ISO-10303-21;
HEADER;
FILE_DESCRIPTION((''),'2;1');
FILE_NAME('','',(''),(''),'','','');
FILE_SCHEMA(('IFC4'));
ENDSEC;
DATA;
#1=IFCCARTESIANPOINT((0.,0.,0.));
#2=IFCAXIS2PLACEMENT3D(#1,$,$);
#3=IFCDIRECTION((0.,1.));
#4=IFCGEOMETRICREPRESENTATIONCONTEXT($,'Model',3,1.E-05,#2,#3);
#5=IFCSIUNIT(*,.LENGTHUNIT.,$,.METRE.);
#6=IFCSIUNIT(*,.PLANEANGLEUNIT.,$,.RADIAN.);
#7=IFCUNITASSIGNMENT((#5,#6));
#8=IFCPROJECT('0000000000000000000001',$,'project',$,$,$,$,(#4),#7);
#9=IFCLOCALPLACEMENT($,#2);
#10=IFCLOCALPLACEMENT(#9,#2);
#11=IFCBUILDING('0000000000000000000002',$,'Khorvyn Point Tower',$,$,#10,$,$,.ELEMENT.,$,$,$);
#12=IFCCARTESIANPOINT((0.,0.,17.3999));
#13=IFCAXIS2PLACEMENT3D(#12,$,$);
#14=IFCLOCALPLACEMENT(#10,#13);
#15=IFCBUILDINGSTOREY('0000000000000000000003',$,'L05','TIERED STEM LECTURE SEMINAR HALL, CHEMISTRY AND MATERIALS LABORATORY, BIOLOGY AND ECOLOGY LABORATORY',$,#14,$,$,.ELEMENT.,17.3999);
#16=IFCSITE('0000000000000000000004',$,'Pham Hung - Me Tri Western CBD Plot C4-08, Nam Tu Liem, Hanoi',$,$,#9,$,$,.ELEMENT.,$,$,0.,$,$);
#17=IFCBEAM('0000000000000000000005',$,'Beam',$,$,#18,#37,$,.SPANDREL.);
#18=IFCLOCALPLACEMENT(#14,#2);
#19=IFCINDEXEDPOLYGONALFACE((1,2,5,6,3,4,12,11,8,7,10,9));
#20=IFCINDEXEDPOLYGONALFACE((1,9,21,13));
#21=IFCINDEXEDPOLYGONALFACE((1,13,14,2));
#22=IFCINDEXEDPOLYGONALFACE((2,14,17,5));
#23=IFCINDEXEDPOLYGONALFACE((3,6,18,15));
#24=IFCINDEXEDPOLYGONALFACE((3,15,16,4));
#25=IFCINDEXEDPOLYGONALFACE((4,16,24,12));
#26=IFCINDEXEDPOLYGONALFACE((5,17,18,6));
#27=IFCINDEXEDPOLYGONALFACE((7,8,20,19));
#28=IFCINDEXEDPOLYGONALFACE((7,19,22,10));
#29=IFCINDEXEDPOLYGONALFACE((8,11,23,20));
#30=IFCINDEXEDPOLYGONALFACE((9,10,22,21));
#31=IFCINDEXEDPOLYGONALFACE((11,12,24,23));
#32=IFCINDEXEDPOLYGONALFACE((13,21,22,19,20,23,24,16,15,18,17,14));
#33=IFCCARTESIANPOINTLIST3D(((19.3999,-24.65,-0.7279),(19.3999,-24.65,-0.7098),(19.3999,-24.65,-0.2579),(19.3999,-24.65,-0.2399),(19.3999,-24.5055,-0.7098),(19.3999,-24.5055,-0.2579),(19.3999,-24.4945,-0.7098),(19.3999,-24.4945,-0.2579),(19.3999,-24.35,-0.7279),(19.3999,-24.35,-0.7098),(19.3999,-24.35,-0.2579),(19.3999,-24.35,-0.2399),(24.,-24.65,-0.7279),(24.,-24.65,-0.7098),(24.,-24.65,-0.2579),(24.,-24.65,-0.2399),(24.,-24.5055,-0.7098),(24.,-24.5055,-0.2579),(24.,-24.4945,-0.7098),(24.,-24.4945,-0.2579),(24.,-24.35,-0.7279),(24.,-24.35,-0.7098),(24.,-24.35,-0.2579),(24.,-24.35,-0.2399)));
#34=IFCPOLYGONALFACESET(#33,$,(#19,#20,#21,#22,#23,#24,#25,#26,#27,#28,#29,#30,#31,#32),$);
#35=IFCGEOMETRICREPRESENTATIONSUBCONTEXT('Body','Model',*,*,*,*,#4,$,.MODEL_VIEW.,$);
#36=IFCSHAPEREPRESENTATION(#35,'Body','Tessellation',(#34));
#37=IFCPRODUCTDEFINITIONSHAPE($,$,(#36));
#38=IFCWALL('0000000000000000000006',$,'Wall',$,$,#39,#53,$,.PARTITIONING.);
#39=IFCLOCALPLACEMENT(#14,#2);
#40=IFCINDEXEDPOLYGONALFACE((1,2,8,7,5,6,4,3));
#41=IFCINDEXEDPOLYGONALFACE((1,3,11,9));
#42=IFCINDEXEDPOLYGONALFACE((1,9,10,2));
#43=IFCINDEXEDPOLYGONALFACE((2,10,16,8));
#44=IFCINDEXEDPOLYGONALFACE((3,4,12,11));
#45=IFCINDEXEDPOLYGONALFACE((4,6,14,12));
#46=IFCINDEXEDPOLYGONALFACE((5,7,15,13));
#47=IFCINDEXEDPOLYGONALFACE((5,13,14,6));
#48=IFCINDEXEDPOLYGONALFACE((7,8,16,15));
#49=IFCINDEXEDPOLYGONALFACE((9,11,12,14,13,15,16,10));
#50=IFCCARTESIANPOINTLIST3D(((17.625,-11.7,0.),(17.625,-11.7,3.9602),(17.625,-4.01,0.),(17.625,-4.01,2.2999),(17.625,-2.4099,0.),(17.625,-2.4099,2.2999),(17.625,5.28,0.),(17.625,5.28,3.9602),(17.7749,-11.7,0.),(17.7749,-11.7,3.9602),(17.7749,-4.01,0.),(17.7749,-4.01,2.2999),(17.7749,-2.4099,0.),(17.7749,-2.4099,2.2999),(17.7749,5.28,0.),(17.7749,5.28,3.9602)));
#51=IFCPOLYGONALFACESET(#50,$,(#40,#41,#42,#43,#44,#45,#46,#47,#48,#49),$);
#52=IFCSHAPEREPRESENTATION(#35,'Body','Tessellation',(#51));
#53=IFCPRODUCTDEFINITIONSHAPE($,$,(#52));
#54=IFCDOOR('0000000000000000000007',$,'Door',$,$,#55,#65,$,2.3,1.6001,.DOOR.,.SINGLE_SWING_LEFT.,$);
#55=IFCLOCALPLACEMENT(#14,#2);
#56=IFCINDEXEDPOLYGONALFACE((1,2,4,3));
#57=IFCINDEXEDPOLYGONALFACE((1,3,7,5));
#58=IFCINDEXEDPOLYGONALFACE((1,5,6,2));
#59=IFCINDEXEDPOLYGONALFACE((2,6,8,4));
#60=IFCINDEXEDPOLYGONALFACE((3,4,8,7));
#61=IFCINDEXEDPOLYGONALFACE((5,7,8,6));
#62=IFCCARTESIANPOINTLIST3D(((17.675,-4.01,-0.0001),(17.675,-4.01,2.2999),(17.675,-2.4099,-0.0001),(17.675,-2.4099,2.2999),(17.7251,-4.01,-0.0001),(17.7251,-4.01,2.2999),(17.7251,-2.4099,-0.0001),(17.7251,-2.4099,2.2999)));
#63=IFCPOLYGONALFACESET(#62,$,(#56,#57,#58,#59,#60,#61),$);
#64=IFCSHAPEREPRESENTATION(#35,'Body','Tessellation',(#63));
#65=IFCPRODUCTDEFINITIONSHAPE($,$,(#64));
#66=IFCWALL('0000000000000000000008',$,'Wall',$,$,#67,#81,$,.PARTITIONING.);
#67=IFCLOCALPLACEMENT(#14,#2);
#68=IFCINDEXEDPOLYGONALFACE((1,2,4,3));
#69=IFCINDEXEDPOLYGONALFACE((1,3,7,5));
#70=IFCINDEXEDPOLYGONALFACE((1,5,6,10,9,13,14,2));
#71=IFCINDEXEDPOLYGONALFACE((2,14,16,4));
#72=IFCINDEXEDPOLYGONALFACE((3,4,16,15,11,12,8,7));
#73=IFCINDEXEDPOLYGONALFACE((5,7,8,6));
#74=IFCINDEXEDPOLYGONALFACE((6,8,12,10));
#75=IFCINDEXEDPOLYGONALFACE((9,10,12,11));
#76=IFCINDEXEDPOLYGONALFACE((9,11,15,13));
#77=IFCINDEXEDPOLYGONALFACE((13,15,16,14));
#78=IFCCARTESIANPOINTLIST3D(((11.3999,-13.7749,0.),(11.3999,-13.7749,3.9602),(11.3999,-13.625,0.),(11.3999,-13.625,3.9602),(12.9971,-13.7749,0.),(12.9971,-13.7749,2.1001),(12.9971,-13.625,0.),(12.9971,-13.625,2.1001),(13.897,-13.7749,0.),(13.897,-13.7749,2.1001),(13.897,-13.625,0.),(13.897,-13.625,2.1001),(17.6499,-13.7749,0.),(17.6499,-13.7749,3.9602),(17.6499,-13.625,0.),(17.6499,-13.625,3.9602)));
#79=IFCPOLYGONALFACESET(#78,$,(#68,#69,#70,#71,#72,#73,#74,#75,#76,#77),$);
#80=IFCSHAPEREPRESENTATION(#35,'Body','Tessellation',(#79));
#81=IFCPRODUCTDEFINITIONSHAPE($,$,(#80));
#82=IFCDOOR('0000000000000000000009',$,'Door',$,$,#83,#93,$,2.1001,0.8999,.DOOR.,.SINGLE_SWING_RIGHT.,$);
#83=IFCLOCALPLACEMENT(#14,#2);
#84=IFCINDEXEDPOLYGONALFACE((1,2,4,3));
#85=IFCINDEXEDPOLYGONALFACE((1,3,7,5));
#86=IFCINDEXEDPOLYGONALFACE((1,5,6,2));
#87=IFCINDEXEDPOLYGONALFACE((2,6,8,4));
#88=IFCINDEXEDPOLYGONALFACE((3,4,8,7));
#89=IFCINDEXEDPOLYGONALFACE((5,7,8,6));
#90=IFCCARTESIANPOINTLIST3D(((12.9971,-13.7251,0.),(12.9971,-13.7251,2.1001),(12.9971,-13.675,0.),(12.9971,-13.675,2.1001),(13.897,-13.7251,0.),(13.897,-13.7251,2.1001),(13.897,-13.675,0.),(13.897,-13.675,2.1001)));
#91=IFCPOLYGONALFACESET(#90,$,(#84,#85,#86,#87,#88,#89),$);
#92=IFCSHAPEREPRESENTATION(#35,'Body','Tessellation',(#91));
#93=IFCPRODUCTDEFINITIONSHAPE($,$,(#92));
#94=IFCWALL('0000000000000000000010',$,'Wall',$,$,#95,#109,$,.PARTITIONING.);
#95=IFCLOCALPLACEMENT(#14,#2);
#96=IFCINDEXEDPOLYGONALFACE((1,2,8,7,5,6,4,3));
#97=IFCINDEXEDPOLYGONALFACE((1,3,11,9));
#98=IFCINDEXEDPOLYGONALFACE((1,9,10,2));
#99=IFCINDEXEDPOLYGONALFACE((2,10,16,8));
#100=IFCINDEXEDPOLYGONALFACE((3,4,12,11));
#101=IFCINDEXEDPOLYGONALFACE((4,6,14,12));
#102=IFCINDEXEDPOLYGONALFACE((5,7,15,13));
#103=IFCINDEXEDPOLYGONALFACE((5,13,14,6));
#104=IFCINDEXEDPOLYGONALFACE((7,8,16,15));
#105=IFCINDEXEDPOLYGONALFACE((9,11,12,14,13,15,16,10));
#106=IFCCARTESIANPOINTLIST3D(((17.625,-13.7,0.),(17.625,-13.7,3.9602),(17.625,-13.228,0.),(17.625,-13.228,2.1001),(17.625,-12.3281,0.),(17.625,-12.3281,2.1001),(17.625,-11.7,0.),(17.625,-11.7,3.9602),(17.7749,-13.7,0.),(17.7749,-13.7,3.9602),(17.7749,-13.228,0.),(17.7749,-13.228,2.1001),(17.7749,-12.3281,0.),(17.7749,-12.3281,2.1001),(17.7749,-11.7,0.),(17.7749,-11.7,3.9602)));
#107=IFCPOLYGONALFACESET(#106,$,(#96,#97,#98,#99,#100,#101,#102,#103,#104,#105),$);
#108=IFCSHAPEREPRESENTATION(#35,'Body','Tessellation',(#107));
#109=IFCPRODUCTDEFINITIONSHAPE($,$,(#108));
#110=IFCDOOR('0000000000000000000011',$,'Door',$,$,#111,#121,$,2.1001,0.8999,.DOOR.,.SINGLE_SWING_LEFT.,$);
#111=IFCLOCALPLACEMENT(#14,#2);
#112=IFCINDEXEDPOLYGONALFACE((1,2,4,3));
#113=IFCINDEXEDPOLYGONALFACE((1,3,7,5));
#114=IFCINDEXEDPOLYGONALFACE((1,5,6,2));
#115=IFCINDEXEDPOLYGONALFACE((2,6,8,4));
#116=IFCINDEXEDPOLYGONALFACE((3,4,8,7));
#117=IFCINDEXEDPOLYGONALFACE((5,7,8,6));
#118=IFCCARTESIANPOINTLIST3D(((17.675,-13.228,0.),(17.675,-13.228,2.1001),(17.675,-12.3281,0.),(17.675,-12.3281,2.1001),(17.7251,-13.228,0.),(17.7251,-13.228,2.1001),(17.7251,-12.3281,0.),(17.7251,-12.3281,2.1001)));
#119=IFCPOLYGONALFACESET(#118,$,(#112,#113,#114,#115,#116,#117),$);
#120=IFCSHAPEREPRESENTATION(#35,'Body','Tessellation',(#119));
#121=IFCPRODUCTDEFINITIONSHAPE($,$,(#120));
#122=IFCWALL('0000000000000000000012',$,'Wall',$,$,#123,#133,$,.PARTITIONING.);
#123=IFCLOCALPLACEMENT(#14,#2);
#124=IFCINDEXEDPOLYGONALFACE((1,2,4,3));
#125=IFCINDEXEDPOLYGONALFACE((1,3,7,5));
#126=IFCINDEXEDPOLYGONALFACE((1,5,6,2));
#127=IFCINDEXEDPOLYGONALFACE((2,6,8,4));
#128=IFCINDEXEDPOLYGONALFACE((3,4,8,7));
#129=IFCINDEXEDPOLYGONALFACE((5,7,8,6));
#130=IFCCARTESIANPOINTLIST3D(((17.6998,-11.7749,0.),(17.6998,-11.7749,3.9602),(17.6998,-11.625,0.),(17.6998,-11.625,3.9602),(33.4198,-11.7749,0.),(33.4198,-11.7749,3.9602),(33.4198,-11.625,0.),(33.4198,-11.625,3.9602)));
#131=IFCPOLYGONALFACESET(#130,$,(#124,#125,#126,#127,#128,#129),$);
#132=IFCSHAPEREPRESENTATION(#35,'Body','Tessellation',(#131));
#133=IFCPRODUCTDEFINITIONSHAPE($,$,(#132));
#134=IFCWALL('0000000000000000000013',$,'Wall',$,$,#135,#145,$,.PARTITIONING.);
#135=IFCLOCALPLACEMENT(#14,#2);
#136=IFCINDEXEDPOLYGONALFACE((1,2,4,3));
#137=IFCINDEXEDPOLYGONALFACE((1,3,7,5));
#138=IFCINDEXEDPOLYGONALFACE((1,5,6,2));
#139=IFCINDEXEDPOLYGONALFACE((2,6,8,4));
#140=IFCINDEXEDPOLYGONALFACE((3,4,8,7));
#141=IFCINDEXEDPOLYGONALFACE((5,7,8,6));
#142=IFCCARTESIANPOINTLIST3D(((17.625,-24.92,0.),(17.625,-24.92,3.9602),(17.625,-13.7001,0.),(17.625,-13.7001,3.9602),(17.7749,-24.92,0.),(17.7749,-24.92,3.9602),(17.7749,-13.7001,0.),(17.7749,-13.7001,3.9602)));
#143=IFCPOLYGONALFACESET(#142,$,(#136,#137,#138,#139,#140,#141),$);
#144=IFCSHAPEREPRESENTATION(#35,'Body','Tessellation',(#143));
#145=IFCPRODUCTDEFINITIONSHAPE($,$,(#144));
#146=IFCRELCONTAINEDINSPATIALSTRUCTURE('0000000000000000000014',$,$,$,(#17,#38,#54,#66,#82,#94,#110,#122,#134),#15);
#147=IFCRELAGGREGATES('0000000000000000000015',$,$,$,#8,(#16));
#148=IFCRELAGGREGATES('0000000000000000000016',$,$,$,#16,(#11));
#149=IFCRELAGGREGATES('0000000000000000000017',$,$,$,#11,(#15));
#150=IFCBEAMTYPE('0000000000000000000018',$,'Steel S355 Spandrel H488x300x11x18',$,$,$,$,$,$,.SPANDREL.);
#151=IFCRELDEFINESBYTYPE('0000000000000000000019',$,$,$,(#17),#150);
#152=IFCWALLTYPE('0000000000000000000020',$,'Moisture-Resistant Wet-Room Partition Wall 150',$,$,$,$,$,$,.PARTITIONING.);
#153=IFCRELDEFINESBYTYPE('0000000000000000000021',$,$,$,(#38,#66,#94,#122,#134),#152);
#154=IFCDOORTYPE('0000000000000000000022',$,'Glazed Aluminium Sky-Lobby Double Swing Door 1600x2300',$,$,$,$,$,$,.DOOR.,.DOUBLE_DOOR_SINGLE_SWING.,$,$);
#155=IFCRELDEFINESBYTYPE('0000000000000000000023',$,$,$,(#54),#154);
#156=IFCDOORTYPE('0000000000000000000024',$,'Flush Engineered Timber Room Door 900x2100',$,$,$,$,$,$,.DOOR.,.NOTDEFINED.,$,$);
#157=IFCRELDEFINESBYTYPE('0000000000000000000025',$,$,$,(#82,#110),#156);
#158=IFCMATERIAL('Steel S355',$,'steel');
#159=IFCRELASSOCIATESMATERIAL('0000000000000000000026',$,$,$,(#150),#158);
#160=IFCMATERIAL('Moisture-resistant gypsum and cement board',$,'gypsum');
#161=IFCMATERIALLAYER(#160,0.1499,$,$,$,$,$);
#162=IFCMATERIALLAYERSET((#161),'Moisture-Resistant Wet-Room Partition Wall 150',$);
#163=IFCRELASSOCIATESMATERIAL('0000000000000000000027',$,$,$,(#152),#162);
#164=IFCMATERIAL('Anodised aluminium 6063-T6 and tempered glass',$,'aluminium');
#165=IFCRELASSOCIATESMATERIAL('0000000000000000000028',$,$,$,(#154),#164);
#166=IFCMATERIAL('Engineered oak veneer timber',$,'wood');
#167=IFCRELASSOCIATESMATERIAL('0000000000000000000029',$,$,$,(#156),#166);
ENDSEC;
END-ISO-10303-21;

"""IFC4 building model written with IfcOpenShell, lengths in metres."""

from ifc_helpers import new_model, si_unit, direction, frame, frame_2d, origin, origin_2d, place, context, subcontext, project, spatial, rectangle, i_section, extrude, material, layer, layer_set, material_profile, profile_set, type_object, element, fill, save


model = new_model("IFC4")

# Units and contexts
model_context = context("Model", 3, precision=1e-05, world=origin(), true_north=direction((0.0, 1.0)))
body_context = subcontext(model_context, "Body", "Model", "MODEL_VIEW")
ifc_project = project(units=[si_unit("LENGTHUNIT", "METRE"), si_unit("PLANEANGLEUNIT", "RADIAN")], contexts=[model_context])

# Site, building, storey
site_placement = place(None, origin())
site = spatial("IfcSite", under=ifc_project, at=site_placement, Name="Pham Hung - Me Tri Western CBD Plot C4-08, Nam Tu Liem, Hanoi", CompositionType="ELEMENT", RefElevation=0.0)
building_placement = place(site_placement, origin())
building = spatial("IfcBuilding", under=site, at=building_placement, Name="Khorvyn Point Tower", CompositionType="ELEMENT")
storey_placement = place(building_placement, frame((0.0, 0.0, 17.3999)))
storey = spatial("IfcBuildingStorey", under=building, at=storey_placement, Name="L05", Description="TIERED STEM LECTURE SEMINAR HALL, CHEMISTRY AND MATERIALS LABORATORY, BIOLOGY AND ECOLOGY LABORATORY", CompositionType="ELEMENT", Elevation=17.3999)

# Beam
ifc_material_1 = material(Name="Steel S355", Category="steel")
ifc_material_profile_1 = material_profile(ifc_material_1, i_section(OverallWidth=0.3, OverallDepth=0.488, WebThickness=0.011, FlangeThickness=0.0181, at=origin_2d()))
ifc_profile_set_1 = profile_set([ifc_material_profile_1], Name="Steel S355 H488x300x11x18")
beam_type_1 = type_object("IfcBeamType", Name="Steel S355 Spandrel H488x300x11x18", PredefinedType="SPANDREL", material=ifc_profile_set_1)
beam_1_placement = place(storey_placement, frame((19.3999, -24.5, -0.4839), z_axis=(1.0, 0.0, 0.0), x_axis=(0.0, 1.0, 0.0)))
element("IfcBeam", 1, at=beam_1_placement, inside=storey, type_object=beam_type_1, Name="Beam", PredefinedType="SPANDREL", context=body_context, shape_type="SweptSolid", body=[
    extrude(i_section(OverallWidth=0.3, OverallDepth=0.488, WebThickness=0.011, FlangeThickness=0.0181, at=origin_2d()), origin(), (0.0, 0.0, 1.0), 4.6001),
])

# Walls, openings, doors
ifc_material_2 = material(Name="Moisture-resistant gypsum and cement board", Category="gypsum")
ifc_layer = layer(ifc_material_2, 0.1499)
ifc_layer_set = layer_set([ifc_layer], Name="Moisture-Resistant Wet-Room Partition Wall 150")
wall_type = type_object("IfcWallType", Name="Moisture-Resistant Wet-Room Partition Wall 150", PredefinedType="PARTITIONING", material=ifc_layer_set)
wall_1_placement = place(storey_placement, frame((17.7, -11.7, 0.0), z_axis=(0.0, 0.0, 1.0), x_axis=(0.0, 1.0, 0.0)))
wall_1 = element("IfcWall", 2, at=wall_1_placement, inside=storey, type_object=wall_type, Name="Wall", PredefinedType="PARTITIONING", context=body_context, shape_type="SweptSolid", body=[
    extrude(rectangle(XDim=16.98, YDim=0.1499, at=frame_2d((8.49, 0.0))), origin(), (0.0, 0.0, 1.0), 3.9602),
])
opening_1_placement = place(wall_1_placement, frame((7.6899, 0.0, 0.0)))
opening_1 = element("IfcOpeningElement", 3, at=opening_1_placement, cuts=wall_1, PredefinedType="OPENING", context=body_context, shape_type="SweptSolid", body=[
    extrude(rectangle(XDim=1.6001, YDim=2.3, at=frame_2d((0.8, 1.1499))), frame((0.0, 0.085, 0.0), z_axis=(0.0, -1.0, 0.0), x_axis=(1.0, 0.0, 0.0)), (0.0, 0.0, 1.0), 0.1699),
])
ifc_material_3 = material(Name="Anodised aluminium 6063-T6 and tempered glass", Category="aluminium")
door_type_1 = type_object("IfcDoorType", Name="Glazed Aluminium Sky-Lobby Double Swing Door 1600x2300", OperationType="DOUBLE_DOOR_SINGLE_SWING", PredefinedType="DOOR", material=ifc_material_3)
door_1_placement = place(opening_1_placement, origin())
door_1 = element("IfcDoor", 4, at=door_1_placement, inside=storey, type_object=door_type_1, Name="Door", OperationType="SINGLE_SWING_LEFT", OverallHeight=2.3, OverallWidth=1.6001, PredefinedType="DOOR", context=body_context, shape_type="SweptSolid", body=[
    extrude(rectangle(XDim=1.6001, YDim=2.3, at=frame_2d((0.8, 1.1499))), frame((0.0, 0.0249, 0.0), z_axis=(0.0, -1.0, 0.0), x_axis=(1.0, 0.0, 0.0)), (0.0, 0.0, 1.0), 0.05),
])
fill(opening_1, door_1)
wall_2_placement = place(storey_placement, frame((11.3999, -13.7, 0.0), z_axis=(0.0, 0.0, 1.0), x_axis=(1.0, 0.0, 0.0)))
wall_2 = element("IfcWall", 5, at=wall_2_placement, inside=storey, type_object=wall_type, Name="Wall", PredefinedType="PARTITIONING", context=body_context, shape_type="SweptSolid", body=[
    extrude(rectangle(XDim=6.25, YDim=0.1499, at=frame_2d((3.125, 0.0))), origin(), (0.0, 0.0, 1.0), 3.9602),
])
opening_2_placement = place(wall_2_placement, frame((1.5972, 0.0, 0.0)))
opening_2 = element("IfcOpeningElement", 6, at=opening_2_placement, cuts=wall_2, PredefinedType="OPENING", context=body_context, shape_type="SweptSolid", body=[
    extrude(rectangle(XDim=0.8999, YDim=2.1001, at=frame_2d((0.45, 1.05))), frame((0.0, 0.085, 0.0), z_axis=(0.0, -1.0, 0.0), x_axis=(1.0, 0.0, 0.0)), (0.0, 0.0, 1.0), 0.1699),
])
ifc_material_4 = material(Name="Engineered oak veneer timber", Category="wood")
door_type_2 = type_object("IfcDoorType", Name="Flush Engineered Timber Room Door 900x2100", OperationType="NOTDEFINED", PredefinedType="DOOR", material=ifc_material_4)
door_2_placement = place(opening_2_placement, origin())
door_2 = element("IfcDoor", 7, at=door_2_placement, inside=storey, type_object=door_type_2, Name="Door", OperationType="SINGLE_SWING_RIGHT", OverallHeight=2.1001, OverallWidth=0.8999, PredefinedType="DOOR", context=body_context, shape_type="SweptSolid", body=[
    extrude(rectangle(XDim=0.8999, YDim=2.1001, at=frame_2d((0.45, 1.05))), frame((0.0, 0.0249, 0.0), z_axis=(0.0, -1.0, 0.0), x_axis=(1.0, 0.0, 0.0)), (0.0, 0.0, 1.0), 0.05),
])
fill(opening_2, door_2)
wall_3_placement = place(storey_placement, frame((17.7, -13.7, 0.0), z_axis=(0.0, 0.0, 1.0), x_axis=(0.0, 1.0, 0.0)))
wall_3 = element("IfcWall", 8, at=wall_3_placement, inside=storey, type_object=wall_type, Name="Wall", PredefinedType="PARTITIONING", context=body_context, shape_type="SweptSolid", body=[
    extrude(rectangle(XDim=2.0, YDim=0.1499, at=frame_2d((1.0, 0.0))), origin(), (0.0, 0.0, 1.0), 3.9602),
])
opening_3_placement = place(wall_3_placement, frame((0.4719, 0.0, 0.0)))
opening_3 = element("IfcOpeningElement", 9, at=opening_3_placement, cuts=wall_3, PredefinedType="OPENING", context=body_context, shape_type="SweptSolid", body=[
    extrude(rectangle(XDim=0.8999, YDim=2.1001, at=frame_2d((0.45, 1.05))), frame((0.0, 0.085, 0.0), z_axis=(0.0, -1.0, 0.0), x_axis=(1.0, 0.0, 0.0)), (0.0, 0.0, 1.0), 0.1699),
])
door_3_placement = place(opening_3_placement, origin())
door_3 = element("IfcDoor", 10, at=door_3_placement, inside=storey, type_object=door_type_2, Name="Door", OperationType="SINGLE_SWING_LEFT", OverallHeight=2.1001, OverallWidth=0.8999, PredefinedType="DOOR", context=body_context, shape_type="SweptSolid", body=[
    extrude(rectangle(XDim=0.8999, YDim=2.1001, at=frame_2d((0.45, 1.05))), frame((0.0, 0.0249, 0.0), z_axis=(0.0, -1.0, 0.0), x_axis=(1.0, 0.0, 0.0)), (0.0, 0.0, 1.0), 0.05),
])
fill(opening_3, door_3)

# Walls
wall_4_placement = place(storey_placement, frame((17.7, -11.7, 0.0), z_axis=(0.0, 0.0, 1.0), x_axis=(1.0, 0.0, 0.0)))
element("IfcWall", 11, at=wall_4_placement, inside=storey, type_object=wall_type, Name="Wall", PredefinedType="PARTITIONING", context=body_context, shape_type="SweptSolid", body=[
    extrude(rectangle(XDim=15.72, YDim=0.1499, at=frame_2d((7.8599, 0.0))), origin(), (0.0, 0.0, 1.0), 3.9602),
])
wall_5_placement = place(storey_placement, frame((17.7, -24.9199, 0.0), z_axis=(0.0, 0.0, 1.0), x_axis=(0.0, 1.0, 0.0)))
element("IfcWall", 12, at=wall_5_placement, inside=storey, type_object=wall_type, Name="Wall", PredefinedType="PARTITIONING", context=body_context, shape_type="SweptSolid", body=[
    extrude(rectangle(XDim=11.22, YDim=0.1499, at=frame_2d((5.6099, 0.0))), origin(), (0.0, 0.0, 1.0), 3.9602),
])

save(model, "model.ifc")
